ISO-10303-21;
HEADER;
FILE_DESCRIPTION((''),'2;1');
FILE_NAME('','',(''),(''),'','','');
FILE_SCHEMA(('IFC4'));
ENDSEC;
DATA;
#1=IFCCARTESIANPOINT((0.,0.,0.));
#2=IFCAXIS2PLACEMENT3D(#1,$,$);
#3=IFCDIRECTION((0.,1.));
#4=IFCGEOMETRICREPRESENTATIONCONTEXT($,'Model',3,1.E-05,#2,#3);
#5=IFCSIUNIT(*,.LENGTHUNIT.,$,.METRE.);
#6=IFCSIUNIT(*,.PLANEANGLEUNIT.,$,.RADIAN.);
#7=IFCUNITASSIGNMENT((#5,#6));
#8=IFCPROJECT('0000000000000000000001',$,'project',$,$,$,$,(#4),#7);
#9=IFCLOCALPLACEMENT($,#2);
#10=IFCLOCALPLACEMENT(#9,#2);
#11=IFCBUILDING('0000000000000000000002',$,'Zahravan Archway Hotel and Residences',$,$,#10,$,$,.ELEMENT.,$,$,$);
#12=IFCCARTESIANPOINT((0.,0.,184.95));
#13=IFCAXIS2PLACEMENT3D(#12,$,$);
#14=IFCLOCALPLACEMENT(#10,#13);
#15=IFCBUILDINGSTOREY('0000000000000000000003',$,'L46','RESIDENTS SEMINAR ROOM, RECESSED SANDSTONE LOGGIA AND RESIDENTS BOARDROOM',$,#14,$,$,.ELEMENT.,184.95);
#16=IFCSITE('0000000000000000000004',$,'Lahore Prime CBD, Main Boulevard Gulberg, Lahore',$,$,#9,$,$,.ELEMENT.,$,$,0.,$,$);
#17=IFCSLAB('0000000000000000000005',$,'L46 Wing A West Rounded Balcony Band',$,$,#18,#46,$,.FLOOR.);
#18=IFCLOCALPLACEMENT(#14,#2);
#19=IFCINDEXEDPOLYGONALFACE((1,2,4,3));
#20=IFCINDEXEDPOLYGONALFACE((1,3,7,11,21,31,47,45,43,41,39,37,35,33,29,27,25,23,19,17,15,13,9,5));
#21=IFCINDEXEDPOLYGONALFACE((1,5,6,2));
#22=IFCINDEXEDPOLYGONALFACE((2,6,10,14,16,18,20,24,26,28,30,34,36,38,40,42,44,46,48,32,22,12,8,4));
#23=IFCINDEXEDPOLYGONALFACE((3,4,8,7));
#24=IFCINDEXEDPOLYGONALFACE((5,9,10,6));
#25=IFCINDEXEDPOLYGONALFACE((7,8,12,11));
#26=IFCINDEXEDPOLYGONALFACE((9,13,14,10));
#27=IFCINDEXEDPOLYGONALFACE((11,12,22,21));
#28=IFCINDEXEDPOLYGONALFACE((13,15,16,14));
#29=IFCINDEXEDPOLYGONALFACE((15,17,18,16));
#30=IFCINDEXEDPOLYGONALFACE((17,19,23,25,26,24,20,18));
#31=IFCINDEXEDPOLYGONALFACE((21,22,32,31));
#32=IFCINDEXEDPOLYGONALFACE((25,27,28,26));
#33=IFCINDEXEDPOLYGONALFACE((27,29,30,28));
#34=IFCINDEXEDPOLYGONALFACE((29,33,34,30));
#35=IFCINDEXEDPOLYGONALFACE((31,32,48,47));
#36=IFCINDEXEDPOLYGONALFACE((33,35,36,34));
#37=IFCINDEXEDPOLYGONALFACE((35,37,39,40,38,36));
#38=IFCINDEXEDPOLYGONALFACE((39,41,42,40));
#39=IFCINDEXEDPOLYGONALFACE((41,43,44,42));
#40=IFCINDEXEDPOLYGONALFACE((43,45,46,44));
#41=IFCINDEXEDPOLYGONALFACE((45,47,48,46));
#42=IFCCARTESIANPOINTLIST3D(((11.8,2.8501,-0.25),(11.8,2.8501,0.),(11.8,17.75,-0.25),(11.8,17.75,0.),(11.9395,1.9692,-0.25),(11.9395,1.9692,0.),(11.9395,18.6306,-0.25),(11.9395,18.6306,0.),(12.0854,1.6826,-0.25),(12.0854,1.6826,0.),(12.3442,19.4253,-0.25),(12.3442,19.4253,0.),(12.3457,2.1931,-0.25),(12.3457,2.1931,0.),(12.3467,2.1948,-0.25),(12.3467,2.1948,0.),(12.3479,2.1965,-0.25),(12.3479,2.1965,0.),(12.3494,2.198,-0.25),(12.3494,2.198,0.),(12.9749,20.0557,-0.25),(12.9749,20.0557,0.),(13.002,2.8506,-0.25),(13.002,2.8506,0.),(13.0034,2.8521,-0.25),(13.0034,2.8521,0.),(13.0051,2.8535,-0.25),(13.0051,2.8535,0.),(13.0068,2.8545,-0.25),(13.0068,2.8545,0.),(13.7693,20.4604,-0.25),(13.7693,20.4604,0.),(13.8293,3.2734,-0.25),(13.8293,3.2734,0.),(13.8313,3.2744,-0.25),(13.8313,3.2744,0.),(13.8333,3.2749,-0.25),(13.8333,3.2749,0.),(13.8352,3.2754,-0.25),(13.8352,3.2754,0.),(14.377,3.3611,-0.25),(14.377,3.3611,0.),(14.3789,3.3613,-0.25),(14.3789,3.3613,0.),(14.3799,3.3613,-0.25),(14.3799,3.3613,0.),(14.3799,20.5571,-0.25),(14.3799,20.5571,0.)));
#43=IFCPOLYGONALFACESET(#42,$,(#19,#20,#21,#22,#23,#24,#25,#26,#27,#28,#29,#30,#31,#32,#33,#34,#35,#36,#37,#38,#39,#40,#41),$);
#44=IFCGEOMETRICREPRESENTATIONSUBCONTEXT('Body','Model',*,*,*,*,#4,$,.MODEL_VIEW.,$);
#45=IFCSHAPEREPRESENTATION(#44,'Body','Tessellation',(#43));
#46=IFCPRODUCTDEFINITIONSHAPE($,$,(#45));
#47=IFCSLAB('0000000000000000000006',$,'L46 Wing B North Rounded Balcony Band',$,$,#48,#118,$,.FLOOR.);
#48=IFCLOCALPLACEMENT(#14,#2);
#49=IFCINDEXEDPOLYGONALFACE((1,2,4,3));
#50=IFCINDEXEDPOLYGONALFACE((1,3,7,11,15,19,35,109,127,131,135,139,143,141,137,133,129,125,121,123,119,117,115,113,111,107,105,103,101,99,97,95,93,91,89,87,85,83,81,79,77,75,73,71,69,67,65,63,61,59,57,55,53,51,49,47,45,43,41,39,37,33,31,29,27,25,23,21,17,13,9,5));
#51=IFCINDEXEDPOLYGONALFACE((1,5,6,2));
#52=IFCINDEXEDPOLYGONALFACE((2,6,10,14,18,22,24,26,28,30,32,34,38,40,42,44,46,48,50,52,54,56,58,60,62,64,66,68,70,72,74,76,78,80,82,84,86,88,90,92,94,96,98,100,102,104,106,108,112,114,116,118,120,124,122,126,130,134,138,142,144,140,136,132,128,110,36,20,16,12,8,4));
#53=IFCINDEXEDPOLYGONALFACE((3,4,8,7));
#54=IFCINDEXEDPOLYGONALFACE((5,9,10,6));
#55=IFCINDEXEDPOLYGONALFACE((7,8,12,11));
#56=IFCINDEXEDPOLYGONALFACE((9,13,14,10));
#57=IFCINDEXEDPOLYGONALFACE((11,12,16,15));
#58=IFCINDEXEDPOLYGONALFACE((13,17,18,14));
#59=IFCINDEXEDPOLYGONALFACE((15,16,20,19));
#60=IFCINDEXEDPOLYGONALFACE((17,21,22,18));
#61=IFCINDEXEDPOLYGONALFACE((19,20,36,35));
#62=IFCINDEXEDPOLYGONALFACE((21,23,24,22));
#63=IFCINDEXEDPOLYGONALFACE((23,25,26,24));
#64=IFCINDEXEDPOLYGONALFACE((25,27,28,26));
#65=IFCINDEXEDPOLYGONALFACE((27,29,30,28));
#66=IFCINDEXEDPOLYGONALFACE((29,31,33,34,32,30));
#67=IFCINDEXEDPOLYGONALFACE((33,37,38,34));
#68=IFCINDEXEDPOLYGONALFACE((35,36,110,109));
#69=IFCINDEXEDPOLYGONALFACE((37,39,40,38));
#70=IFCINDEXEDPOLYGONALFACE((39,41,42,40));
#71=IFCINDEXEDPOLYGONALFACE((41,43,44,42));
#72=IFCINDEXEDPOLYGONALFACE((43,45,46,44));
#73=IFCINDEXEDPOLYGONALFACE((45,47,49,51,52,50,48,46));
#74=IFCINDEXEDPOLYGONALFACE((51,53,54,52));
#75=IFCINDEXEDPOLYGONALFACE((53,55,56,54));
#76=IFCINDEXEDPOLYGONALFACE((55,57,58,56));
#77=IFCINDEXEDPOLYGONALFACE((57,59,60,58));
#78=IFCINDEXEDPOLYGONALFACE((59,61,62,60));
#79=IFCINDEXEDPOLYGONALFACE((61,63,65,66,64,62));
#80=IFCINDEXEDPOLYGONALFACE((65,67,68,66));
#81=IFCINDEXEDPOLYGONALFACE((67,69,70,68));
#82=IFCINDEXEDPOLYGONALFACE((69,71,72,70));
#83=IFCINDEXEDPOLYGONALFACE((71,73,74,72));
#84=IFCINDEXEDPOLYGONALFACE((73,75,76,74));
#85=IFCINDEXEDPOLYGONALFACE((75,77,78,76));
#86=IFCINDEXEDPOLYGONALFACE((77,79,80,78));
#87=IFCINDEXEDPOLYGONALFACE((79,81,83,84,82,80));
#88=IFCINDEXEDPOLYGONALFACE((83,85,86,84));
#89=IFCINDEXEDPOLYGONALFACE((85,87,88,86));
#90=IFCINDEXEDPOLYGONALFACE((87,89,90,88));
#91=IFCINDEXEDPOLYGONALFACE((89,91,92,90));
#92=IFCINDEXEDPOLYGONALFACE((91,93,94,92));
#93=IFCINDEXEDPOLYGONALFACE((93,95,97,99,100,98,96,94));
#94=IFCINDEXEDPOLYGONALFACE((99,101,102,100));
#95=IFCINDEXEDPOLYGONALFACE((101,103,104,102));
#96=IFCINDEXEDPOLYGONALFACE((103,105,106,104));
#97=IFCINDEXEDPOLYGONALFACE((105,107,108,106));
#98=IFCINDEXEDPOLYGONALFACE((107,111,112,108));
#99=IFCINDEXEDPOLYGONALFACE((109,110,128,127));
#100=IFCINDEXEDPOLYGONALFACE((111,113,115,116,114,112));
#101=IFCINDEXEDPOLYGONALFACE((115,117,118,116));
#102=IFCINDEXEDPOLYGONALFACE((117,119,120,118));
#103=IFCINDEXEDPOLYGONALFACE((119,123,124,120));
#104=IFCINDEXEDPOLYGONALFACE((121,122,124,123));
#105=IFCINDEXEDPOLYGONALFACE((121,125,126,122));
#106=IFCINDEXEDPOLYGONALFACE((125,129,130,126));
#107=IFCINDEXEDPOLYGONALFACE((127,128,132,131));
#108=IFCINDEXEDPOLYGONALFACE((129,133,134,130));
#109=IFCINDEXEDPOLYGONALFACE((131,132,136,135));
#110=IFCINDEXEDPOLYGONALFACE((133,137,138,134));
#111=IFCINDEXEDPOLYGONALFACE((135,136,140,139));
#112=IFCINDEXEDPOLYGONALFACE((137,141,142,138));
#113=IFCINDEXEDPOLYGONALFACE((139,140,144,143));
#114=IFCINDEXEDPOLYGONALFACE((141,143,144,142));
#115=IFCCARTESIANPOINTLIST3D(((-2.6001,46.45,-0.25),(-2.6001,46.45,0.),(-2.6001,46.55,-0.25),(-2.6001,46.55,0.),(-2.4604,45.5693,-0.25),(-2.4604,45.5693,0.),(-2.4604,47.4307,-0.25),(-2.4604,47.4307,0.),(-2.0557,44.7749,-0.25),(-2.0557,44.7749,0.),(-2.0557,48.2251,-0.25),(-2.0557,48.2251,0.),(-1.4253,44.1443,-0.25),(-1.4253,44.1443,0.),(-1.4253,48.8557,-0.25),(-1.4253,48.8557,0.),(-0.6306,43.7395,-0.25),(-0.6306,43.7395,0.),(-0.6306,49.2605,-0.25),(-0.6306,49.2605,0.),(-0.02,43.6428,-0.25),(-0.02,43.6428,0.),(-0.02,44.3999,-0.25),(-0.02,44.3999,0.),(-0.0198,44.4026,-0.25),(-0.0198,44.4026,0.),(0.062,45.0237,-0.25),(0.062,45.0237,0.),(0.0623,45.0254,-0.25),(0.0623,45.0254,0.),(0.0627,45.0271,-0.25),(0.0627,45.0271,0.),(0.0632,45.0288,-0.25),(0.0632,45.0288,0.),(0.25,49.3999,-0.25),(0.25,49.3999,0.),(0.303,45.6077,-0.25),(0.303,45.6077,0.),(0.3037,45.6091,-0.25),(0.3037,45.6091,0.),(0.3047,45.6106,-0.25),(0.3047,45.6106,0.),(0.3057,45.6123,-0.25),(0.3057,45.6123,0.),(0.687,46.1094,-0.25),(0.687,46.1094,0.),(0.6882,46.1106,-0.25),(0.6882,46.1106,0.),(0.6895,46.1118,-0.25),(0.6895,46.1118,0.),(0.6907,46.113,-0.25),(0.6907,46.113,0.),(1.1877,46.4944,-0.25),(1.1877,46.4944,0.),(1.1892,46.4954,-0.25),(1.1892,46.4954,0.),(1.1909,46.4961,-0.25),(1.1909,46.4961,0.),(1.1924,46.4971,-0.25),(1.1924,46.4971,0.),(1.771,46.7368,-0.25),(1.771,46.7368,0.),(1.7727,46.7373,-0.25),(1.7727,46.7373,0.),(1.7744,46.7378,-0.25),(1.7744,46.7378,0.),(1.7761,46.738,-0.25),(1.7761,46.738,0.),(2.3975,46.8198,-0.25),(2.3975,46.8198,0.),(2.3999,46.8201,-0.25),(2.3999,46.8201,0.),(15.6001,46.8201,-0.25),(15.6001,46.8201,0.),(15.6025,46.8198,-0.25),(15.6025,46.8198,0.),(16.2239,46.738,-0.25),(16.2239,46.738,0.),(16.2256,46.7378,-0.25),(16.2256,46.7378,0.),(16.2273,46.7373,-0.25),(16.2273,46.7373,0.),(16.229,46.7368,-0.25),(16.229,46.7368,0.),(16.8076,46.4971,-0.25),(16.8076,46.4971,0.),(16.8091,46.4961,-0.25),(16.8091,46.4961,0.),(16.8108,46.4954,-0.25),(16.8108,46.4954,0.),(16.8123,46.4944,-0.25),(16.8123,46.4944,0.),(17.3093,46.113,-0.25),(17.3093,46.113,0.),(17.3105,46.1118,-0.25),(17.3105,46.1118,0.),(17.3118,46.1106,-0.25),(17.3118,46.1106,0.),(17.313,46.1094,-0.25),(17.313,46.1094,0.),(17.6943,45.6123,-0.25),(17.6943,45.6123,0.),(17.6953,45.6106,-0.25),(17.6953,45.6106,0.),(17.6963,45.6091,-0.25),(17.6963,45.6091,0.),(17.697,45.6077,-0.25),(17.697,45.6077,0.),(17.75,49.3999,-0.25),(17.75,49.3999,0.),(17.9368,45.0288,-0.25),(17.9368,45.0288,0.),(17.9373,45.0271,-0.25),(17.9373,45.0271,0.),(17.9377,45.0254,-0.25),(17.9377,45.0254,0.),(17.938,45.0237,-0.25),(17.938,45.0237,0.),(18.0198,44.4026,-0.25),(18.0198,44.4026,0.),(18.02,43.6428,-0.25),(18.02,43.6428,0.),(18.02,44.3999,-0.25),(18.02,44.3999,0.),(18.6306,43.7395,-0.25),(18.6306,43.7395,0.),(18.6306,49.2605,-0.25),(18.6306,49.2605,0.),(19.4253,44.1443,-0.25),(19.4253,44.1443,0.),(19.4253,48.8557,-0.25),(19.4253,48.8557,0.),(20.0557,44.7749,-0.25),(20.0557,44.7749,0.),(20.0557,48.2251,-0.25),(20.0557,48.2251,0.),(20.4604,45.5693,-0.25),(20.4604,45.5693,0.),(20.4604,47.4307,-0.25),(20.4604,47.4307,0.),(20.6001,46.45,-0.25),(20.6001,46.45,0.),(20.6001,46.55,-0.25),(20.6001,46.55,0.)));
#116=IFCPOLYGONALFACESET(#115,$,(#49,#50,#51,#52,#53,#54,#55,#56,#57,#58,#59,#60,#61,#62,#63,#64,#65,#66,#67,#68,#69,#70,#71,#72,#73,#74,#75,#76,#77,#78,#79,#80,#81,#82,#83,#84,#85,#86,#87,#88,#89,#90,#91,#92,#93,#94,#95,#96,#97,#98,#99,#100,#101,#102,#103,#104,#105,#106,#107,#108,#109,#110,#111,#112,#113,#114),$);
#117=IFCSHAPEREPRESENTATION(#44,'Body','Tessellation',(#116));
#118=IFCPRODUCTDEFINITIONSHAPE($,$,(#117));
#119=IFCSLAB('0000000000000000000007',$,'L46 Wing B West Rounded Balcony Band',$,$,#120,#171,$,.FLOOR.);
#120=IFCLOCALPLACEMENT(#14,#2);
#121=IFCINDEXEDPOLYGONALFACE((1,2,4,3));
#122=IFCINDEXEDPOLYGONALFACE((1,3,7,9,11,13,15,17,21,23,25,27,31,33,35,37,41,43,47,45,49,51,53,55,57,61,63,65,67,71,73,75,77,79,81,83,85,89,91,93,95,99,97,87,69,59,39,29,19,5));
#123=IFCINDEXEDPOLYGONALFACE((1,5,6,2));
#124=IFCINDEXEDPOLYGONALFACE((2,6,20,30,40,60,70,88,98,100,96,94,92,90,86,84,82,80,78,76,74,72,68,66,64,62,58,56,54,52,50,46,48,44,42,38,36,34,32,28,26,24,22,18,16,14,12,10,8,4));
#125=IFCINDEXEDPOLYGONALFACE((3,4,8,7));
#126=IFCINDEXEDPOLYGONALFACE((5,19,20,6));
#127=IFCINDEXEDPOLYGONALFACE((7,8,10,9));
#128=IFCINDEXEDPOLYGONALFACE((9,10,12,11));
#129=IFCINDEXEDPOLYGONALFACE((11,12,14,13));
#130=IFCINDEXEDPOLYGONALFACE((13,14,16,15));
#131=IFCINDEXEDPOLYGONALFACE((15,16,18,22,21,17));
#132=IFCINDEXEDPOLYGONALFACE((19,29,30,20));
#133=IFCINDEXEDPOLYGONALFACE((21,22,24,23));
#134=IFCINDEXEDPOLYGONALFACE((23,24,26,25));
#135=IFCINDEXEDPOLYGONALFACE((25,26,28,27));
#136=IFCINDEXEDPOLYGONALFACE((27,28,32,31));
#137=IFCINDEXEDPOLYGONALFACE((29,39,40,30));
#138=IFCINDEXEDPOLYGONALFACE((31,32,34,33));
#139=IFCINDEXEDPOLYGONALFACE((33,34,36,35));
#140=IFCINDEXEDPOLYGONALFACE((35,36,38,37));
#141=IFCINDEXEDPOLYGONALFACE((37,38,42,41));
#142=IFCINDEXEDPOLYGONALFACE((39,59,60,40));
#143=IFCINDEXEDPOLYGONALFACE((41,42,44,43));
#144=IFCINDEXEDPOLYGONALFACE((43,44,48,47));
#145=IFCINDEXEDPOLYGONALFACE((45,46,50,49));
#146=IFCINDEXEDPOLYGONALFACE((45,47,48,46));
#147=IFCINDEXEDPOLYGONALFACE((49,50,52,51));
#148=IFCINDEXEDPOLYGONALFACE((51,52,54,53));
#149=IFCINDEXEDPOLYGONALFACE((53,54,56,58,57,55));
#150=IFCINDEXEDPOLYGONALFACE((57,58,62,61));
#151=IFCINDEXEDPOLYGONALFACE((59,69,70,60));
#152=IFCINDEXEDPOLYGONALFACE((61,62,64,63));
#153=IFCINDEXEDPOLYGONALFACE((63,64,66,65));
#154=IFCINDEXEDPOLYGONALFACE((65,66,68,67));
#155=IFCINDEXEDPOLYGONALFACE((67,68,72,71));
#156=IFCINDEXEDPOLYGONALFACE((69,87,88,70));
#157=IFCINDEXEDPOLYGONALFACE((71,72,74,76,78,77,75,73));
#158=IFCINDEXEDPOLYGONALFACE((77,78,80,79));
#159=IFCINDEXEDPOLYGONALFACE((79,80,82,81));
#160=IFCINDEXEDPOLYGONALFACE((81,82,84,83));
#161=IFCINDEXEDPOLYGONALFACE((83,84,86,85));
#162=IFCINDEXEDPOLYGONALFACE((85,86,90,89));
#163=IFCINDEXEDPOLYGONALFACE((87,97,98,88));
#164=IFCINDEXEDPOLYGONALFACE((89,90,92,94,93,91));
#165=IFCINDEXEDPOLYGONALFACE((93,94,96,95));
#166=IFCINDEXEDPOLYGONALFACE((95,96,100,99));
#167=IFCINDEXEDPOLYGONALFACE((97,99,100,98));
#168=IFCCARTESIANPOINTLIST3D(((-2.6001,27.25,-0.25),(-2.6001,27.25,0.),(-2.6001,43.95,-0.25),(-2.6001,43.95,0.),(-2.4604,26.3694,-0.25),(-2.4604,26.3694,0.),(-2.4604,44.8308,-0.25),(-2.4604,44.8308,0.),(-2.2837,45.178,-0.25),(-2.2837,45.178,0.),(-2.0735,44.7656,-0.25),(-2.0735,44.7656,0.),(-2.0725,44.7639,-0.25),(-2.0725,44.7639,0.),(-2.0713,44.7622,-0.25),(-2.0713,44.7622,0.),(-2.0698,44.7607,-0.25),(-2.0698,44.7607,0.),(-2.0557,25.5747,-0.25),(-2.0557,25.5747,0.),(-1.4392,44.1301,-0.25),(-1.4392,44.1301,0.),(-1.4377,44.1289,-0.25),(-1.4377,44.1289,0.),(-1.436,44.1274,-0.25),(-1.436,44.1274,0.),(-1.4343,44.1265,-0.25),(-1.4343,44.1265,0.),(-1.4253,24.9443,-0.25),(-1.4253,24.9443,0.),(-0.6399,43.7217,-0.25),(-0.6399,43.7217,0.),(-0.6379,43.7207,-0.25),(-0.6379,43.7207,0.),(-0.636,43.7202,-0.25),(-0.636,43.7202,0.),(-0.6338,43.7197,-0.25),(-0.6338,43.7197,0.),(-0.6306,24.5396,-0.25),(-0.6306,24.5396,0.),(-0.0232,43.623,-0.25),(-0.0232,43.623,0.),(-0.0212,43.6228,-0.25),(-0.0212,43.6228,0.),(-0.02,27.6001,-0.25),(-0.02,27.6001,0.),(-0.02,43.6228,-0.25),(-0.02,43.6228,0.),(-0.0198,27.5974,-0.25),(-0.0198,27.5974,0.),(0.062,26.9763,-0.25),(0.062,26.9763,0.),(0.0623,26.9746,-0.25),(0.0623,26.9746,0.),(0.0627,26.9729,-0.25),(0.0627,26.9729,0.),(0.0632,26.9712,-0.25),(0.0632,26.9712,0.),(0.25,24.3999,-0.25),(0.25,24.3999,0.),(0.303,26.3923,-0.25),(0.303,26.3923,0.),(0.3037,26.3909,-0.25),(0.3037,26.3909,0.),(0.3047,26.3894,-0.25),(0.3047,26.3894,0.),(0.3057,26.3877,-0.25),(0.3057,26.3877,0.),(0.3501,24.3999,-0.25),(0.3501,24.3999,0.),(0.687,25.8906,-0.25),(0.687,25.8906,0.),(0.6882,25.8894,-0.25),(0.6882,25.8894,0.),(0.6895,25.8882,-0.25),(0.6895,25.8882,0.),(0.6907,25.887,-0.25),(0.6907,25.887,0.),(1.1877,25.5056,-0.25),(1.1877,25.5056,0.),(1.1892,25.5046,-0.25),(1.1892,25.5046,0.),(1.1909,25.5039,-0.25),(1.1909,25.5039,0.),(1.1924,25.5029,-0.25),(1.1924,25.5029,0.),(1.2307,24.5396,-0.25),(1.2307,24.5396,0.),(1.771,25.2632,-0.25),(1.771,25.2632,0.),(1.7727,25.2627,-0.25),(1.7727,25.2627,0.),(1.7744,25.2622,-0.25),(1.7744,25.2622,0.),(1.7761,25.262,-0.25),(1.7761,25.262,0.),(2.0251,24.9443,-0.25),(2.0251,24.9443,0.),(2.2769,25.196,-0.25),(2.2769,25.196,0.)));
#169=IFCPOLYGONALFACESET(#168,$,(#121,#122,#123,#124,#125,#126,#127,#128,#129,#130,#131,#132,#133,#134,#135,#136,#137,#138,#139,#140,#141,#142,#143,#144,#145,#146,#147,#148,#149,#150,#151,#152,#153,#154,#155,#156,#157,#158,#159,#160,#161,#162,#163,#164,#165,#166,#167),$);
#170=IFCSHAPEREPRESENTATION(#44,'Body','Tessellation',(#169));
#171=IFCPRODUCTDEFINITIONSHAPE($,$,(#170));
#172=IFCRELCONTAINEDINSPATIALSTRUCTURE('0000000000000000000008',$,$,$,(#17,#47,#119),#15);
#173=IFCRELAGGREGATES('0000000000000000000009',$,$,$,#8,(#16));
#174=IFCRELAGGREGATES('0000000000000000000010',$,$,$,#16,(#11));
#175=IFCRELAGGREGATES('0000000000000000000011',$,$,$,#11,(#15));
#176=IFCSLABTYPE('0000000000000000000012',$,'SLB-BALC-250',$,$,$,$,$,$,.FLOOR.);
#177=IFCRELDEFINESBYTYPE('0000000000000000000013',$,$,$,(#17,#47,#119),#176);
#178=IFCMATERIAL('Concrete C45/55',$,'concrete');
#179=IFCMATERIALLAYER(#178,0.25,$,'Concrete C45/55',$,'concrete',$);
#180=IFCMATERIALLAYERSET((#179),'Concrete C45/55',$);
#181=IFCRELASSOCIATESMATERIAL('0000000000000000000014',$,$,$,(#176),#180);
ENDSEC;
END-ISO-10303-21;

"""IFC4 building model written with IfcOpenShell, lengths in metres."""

from ifc_helpers import new_model, si_unit, direction, frame, origin, place, context, subcontext, project, spatial, polyline, outline, extrude, material, layer, layer_set, type_object, element, save


model = new_model("IFC4")

# Units and contexts
model_context = context("Model", 3, precision=1e-05, world=origin(), true_north=direction((0.0, 1.0)))
body_context = subcontext(model_context, "Body", "Model", "MODEL_VIEW")
ifc_project = project(units=[si_unit("LENGTHUNIT", "METRE"), si_unit("PLANEANGLEUNIT", "RADIAN")], contexts=[model_context])

# Site, building, storey
site_placement = place(None, origin())
site = spatial("IfcSite", under=ifc_project, at=site_placement, Name="Lahore Prime CBD, Main Boulevard Gulberg, Lahore", CompositionType="ELEMENT", RefElevation=0.0)
building_placement = place(site_placement, origin())
building = spatial("IfcBuilding", under=site, at=building_placement, Name="Zahravan Archway Hotel and Residences", CompositionType="ELEMENT")
storey_placement = place(building_placement, frame((0.0, 0.0, 184.95)))
storey = spatial("IfcBuildingStorey", under=building, at=storey_placement, Name="L46", Description="RESIDENTS SEMINAR ROOM, RECESSED SANDSTONE LOGGIA AND RESIDENTS BOARDROOM", CompositionType="ELEMENT", Elevation=184.95)

# Slabs
ifc_material_1 = material(Name="Concrete C45/55", Category="concrete")
ifc_layer_1 = layer(ifc_material_1, 0.25, Name="Concrete C45/55", Category="concrete")
ifc_layer_set_1 = layer_set([ifc_layer_1], Name="Concrete C45/55")
slab_type_1 = type_object("IfcSlabType", Name="SLB-BALC-250", PredefinedType="FLOOR", material=ifc_layer_set_1)
slab_1_placement = place(storey_placement, frame((0.0, 0.0, -0.25)))
element("IfcSlab", 1, at=slab_1_placement, inside=storey, type_object=slab_type_1, Name="L46 Wing A West Rounded Balcony Band", PredefinedType="FLOOR", context=body_context, shape_type="SweptSolid", body=[
    extrude(outline(polyline([(11.9395, 1.9692), (11.8, 2.8501), (11.8, 17.75), (11.9395, 18.6306), (12.3442, 19.4253), (12.9749, 20.0557), (13.7693, 20.4604), (14.3799, 20.5571), (14.3799, 3.3613), (14.3789, 3.3613), (14.377, 3.3611), (13.8352, 3.2754), (13.8333, 3.2749), (13.8313, 3.2744), (13.8293, 3.2734), (13.0068, 2.8545), (13.0051, 2.8535), (13.0034, 2.8521), (13.002, 2.8506), (12.3494, 2.198), (12.3479, 2.1965), (12.3467, 2.1948), (12.3457, 2.1931), (12.0854, 1.6826), (11.9395, 1.9692)])), origin(), (0.0, 0.0, 1.0), 0.25),
])
slab_2_placement = place(storey_placement, frame((0.0, 0.0, -0.25)))
element("IfcSlab", 2, at=slab_2_placement, inside=storey, type_object=slab_type_1, Name="L46 Wing B North Rounded Balcony Band", PredefinedType="FLOOR", context=body_context, shape_type="SweptSolid", body=[
    extrude(outline(polyline([(-0.6306, 43.7395), (-1.4253, 44.1443), (-2.0557, 44.7749), (-2.4604, 45.5693), (-2.6001, 46.45), (-2.6001, 46.55), (-2.4604, 47.4307), (-2.0557, 48.2251), (-1.4253, 48.8557), (-0.6306, 49.2605), (0.25, 49.3999), (17.75, 49.3999), (18.6306, 49.2605), (19.4253, 48.8557), (20.0557, 48.2251), (20.4604, 47.4307), (20.6001, 46.55), (20.6001, 46.45), (20.4604, 45.5693), (20.0557, 44.7749), (19.4253, 44.1443), (18.6306, 43.7395), (18.02, 43.6428), (18.02, 44.3999), (18.0198, 44.4026), (17.938, 45.0237), (17.9377, 45.0254), (17.9373, 45.0271), (17.9368, 45.0288), (17.697, 45.6077), (17.6963, 45.6091), (17.6953, 45.6106), (17.6943, 45.6123), (17.313, 46.1094), (17.3118, 46.1106), (17.3105, 46.1118), (17.3093, 46.113), (16.8123, 46.4944), (16.8108, 46.4954), (16.8091, 46.4961), (16.8076, 46.4971), (16.229, 46.7368), (16.2273, 46.7373), (16.2256, 46.7378), (16.2239, 46.738), (15.6025, 46.8198), (15.6001, 46.8201), (2.3999, 46.8201), (2.3975, 46.8198), (1.7761, 46.738), (1.7744, 46.7378), (1.7727, 46.7373), (1.771, 46.7368), (1.1924, 46.4971), (1.1909, 46.4961), (1.1892, 46.4954), (1.1877, 46.4944), (0.6907, 46.113), (0.6895, 46.1118), (0.6882, 46.1106), (0.687, 46.1094), (0.3057, 45.6123), (0.3047, 45.6106), (0.3037, 45.6091), (0.303, 45.6077), (0.0632, 45.0288), (0.0627, 45.0271), (0.0623, 45.0254), (0.062, 45.0237), (-0.0198, 44.4026), (-0.02, 44.3999), (-0.02, 43.6428), (-0.6306, 43.7395)])), origin(), (0.0, 0.0, 1.0), 0.25),
])
slab_3_placement = place(storey_placement, frame((0.0, 0.0, -0.25)))
element("IfcSlab", 3, at=slab_3_placement, inside=storey, type_object=slab_type_1, Name="L46 Wing B West Rounded Balcony Band", PredefinedType="FLOOR", context=body_context, shape_type="SweptSolid", body=[
    extrude(outline(polyline([(2.0251, 24.9443), (1.2307, 24.5396), (0.3501, 24.3999), (0.25, 24.3999), (-0.6306, 24.5396), (-1.4253, 24.9443), (-2.0557, 25.5747), (-2.4604, 26.3694), (-2.6001, 27.25), (-2.6001, 43.95), (-2.4604, 44.8308), (-2.2837, 45.178), (-2.0735, 44.7656), (-2.0725, 44.7639), (-2.0713, 44.7622), (-2.0698, 44.7607), (-1.4392, 44.1301), (-1.4377, 44.1289), (-1.436, 44.1274), (-1.4343, 44.1265), (-0.6399, 43.7217), (-0.6379, 43.7207), (-0.636, 43.7202), (-0.6338, 43.7197), (-0.0232, 43.623), (-0.0212, 43.6228), (-0.02, 43.6228), (-0.02, 27.6001), (-0.0198, 27.5974), (0.062, 26.9763), (0.0623, 26.9746), (0.0627, 26.9729), (0.0632, 26.9712), (0.303, 26.3923), (0.3037, 26.3909), (0.3047, 26.3894), (0.3057, 26.3877), (0.687, 25.8906), (0.6882, 25.8894), (0.6895, 25.8882), (0.6907, 25.887), (1.1877, 25.5056), (1.1892, 25.5046), (1.1909, 25.5039), (1.1924, 25.5029), (1.771, 25.2632), (1.7727, 25.2627), (1.7744, 25.2622), (1.7761, 25.262), (2.2769, 25.196), (2.0251, 24.9443)])), origin(), (0.0, 0.0, 1.0), 0.25),
])

save(model, "model.ifc")
